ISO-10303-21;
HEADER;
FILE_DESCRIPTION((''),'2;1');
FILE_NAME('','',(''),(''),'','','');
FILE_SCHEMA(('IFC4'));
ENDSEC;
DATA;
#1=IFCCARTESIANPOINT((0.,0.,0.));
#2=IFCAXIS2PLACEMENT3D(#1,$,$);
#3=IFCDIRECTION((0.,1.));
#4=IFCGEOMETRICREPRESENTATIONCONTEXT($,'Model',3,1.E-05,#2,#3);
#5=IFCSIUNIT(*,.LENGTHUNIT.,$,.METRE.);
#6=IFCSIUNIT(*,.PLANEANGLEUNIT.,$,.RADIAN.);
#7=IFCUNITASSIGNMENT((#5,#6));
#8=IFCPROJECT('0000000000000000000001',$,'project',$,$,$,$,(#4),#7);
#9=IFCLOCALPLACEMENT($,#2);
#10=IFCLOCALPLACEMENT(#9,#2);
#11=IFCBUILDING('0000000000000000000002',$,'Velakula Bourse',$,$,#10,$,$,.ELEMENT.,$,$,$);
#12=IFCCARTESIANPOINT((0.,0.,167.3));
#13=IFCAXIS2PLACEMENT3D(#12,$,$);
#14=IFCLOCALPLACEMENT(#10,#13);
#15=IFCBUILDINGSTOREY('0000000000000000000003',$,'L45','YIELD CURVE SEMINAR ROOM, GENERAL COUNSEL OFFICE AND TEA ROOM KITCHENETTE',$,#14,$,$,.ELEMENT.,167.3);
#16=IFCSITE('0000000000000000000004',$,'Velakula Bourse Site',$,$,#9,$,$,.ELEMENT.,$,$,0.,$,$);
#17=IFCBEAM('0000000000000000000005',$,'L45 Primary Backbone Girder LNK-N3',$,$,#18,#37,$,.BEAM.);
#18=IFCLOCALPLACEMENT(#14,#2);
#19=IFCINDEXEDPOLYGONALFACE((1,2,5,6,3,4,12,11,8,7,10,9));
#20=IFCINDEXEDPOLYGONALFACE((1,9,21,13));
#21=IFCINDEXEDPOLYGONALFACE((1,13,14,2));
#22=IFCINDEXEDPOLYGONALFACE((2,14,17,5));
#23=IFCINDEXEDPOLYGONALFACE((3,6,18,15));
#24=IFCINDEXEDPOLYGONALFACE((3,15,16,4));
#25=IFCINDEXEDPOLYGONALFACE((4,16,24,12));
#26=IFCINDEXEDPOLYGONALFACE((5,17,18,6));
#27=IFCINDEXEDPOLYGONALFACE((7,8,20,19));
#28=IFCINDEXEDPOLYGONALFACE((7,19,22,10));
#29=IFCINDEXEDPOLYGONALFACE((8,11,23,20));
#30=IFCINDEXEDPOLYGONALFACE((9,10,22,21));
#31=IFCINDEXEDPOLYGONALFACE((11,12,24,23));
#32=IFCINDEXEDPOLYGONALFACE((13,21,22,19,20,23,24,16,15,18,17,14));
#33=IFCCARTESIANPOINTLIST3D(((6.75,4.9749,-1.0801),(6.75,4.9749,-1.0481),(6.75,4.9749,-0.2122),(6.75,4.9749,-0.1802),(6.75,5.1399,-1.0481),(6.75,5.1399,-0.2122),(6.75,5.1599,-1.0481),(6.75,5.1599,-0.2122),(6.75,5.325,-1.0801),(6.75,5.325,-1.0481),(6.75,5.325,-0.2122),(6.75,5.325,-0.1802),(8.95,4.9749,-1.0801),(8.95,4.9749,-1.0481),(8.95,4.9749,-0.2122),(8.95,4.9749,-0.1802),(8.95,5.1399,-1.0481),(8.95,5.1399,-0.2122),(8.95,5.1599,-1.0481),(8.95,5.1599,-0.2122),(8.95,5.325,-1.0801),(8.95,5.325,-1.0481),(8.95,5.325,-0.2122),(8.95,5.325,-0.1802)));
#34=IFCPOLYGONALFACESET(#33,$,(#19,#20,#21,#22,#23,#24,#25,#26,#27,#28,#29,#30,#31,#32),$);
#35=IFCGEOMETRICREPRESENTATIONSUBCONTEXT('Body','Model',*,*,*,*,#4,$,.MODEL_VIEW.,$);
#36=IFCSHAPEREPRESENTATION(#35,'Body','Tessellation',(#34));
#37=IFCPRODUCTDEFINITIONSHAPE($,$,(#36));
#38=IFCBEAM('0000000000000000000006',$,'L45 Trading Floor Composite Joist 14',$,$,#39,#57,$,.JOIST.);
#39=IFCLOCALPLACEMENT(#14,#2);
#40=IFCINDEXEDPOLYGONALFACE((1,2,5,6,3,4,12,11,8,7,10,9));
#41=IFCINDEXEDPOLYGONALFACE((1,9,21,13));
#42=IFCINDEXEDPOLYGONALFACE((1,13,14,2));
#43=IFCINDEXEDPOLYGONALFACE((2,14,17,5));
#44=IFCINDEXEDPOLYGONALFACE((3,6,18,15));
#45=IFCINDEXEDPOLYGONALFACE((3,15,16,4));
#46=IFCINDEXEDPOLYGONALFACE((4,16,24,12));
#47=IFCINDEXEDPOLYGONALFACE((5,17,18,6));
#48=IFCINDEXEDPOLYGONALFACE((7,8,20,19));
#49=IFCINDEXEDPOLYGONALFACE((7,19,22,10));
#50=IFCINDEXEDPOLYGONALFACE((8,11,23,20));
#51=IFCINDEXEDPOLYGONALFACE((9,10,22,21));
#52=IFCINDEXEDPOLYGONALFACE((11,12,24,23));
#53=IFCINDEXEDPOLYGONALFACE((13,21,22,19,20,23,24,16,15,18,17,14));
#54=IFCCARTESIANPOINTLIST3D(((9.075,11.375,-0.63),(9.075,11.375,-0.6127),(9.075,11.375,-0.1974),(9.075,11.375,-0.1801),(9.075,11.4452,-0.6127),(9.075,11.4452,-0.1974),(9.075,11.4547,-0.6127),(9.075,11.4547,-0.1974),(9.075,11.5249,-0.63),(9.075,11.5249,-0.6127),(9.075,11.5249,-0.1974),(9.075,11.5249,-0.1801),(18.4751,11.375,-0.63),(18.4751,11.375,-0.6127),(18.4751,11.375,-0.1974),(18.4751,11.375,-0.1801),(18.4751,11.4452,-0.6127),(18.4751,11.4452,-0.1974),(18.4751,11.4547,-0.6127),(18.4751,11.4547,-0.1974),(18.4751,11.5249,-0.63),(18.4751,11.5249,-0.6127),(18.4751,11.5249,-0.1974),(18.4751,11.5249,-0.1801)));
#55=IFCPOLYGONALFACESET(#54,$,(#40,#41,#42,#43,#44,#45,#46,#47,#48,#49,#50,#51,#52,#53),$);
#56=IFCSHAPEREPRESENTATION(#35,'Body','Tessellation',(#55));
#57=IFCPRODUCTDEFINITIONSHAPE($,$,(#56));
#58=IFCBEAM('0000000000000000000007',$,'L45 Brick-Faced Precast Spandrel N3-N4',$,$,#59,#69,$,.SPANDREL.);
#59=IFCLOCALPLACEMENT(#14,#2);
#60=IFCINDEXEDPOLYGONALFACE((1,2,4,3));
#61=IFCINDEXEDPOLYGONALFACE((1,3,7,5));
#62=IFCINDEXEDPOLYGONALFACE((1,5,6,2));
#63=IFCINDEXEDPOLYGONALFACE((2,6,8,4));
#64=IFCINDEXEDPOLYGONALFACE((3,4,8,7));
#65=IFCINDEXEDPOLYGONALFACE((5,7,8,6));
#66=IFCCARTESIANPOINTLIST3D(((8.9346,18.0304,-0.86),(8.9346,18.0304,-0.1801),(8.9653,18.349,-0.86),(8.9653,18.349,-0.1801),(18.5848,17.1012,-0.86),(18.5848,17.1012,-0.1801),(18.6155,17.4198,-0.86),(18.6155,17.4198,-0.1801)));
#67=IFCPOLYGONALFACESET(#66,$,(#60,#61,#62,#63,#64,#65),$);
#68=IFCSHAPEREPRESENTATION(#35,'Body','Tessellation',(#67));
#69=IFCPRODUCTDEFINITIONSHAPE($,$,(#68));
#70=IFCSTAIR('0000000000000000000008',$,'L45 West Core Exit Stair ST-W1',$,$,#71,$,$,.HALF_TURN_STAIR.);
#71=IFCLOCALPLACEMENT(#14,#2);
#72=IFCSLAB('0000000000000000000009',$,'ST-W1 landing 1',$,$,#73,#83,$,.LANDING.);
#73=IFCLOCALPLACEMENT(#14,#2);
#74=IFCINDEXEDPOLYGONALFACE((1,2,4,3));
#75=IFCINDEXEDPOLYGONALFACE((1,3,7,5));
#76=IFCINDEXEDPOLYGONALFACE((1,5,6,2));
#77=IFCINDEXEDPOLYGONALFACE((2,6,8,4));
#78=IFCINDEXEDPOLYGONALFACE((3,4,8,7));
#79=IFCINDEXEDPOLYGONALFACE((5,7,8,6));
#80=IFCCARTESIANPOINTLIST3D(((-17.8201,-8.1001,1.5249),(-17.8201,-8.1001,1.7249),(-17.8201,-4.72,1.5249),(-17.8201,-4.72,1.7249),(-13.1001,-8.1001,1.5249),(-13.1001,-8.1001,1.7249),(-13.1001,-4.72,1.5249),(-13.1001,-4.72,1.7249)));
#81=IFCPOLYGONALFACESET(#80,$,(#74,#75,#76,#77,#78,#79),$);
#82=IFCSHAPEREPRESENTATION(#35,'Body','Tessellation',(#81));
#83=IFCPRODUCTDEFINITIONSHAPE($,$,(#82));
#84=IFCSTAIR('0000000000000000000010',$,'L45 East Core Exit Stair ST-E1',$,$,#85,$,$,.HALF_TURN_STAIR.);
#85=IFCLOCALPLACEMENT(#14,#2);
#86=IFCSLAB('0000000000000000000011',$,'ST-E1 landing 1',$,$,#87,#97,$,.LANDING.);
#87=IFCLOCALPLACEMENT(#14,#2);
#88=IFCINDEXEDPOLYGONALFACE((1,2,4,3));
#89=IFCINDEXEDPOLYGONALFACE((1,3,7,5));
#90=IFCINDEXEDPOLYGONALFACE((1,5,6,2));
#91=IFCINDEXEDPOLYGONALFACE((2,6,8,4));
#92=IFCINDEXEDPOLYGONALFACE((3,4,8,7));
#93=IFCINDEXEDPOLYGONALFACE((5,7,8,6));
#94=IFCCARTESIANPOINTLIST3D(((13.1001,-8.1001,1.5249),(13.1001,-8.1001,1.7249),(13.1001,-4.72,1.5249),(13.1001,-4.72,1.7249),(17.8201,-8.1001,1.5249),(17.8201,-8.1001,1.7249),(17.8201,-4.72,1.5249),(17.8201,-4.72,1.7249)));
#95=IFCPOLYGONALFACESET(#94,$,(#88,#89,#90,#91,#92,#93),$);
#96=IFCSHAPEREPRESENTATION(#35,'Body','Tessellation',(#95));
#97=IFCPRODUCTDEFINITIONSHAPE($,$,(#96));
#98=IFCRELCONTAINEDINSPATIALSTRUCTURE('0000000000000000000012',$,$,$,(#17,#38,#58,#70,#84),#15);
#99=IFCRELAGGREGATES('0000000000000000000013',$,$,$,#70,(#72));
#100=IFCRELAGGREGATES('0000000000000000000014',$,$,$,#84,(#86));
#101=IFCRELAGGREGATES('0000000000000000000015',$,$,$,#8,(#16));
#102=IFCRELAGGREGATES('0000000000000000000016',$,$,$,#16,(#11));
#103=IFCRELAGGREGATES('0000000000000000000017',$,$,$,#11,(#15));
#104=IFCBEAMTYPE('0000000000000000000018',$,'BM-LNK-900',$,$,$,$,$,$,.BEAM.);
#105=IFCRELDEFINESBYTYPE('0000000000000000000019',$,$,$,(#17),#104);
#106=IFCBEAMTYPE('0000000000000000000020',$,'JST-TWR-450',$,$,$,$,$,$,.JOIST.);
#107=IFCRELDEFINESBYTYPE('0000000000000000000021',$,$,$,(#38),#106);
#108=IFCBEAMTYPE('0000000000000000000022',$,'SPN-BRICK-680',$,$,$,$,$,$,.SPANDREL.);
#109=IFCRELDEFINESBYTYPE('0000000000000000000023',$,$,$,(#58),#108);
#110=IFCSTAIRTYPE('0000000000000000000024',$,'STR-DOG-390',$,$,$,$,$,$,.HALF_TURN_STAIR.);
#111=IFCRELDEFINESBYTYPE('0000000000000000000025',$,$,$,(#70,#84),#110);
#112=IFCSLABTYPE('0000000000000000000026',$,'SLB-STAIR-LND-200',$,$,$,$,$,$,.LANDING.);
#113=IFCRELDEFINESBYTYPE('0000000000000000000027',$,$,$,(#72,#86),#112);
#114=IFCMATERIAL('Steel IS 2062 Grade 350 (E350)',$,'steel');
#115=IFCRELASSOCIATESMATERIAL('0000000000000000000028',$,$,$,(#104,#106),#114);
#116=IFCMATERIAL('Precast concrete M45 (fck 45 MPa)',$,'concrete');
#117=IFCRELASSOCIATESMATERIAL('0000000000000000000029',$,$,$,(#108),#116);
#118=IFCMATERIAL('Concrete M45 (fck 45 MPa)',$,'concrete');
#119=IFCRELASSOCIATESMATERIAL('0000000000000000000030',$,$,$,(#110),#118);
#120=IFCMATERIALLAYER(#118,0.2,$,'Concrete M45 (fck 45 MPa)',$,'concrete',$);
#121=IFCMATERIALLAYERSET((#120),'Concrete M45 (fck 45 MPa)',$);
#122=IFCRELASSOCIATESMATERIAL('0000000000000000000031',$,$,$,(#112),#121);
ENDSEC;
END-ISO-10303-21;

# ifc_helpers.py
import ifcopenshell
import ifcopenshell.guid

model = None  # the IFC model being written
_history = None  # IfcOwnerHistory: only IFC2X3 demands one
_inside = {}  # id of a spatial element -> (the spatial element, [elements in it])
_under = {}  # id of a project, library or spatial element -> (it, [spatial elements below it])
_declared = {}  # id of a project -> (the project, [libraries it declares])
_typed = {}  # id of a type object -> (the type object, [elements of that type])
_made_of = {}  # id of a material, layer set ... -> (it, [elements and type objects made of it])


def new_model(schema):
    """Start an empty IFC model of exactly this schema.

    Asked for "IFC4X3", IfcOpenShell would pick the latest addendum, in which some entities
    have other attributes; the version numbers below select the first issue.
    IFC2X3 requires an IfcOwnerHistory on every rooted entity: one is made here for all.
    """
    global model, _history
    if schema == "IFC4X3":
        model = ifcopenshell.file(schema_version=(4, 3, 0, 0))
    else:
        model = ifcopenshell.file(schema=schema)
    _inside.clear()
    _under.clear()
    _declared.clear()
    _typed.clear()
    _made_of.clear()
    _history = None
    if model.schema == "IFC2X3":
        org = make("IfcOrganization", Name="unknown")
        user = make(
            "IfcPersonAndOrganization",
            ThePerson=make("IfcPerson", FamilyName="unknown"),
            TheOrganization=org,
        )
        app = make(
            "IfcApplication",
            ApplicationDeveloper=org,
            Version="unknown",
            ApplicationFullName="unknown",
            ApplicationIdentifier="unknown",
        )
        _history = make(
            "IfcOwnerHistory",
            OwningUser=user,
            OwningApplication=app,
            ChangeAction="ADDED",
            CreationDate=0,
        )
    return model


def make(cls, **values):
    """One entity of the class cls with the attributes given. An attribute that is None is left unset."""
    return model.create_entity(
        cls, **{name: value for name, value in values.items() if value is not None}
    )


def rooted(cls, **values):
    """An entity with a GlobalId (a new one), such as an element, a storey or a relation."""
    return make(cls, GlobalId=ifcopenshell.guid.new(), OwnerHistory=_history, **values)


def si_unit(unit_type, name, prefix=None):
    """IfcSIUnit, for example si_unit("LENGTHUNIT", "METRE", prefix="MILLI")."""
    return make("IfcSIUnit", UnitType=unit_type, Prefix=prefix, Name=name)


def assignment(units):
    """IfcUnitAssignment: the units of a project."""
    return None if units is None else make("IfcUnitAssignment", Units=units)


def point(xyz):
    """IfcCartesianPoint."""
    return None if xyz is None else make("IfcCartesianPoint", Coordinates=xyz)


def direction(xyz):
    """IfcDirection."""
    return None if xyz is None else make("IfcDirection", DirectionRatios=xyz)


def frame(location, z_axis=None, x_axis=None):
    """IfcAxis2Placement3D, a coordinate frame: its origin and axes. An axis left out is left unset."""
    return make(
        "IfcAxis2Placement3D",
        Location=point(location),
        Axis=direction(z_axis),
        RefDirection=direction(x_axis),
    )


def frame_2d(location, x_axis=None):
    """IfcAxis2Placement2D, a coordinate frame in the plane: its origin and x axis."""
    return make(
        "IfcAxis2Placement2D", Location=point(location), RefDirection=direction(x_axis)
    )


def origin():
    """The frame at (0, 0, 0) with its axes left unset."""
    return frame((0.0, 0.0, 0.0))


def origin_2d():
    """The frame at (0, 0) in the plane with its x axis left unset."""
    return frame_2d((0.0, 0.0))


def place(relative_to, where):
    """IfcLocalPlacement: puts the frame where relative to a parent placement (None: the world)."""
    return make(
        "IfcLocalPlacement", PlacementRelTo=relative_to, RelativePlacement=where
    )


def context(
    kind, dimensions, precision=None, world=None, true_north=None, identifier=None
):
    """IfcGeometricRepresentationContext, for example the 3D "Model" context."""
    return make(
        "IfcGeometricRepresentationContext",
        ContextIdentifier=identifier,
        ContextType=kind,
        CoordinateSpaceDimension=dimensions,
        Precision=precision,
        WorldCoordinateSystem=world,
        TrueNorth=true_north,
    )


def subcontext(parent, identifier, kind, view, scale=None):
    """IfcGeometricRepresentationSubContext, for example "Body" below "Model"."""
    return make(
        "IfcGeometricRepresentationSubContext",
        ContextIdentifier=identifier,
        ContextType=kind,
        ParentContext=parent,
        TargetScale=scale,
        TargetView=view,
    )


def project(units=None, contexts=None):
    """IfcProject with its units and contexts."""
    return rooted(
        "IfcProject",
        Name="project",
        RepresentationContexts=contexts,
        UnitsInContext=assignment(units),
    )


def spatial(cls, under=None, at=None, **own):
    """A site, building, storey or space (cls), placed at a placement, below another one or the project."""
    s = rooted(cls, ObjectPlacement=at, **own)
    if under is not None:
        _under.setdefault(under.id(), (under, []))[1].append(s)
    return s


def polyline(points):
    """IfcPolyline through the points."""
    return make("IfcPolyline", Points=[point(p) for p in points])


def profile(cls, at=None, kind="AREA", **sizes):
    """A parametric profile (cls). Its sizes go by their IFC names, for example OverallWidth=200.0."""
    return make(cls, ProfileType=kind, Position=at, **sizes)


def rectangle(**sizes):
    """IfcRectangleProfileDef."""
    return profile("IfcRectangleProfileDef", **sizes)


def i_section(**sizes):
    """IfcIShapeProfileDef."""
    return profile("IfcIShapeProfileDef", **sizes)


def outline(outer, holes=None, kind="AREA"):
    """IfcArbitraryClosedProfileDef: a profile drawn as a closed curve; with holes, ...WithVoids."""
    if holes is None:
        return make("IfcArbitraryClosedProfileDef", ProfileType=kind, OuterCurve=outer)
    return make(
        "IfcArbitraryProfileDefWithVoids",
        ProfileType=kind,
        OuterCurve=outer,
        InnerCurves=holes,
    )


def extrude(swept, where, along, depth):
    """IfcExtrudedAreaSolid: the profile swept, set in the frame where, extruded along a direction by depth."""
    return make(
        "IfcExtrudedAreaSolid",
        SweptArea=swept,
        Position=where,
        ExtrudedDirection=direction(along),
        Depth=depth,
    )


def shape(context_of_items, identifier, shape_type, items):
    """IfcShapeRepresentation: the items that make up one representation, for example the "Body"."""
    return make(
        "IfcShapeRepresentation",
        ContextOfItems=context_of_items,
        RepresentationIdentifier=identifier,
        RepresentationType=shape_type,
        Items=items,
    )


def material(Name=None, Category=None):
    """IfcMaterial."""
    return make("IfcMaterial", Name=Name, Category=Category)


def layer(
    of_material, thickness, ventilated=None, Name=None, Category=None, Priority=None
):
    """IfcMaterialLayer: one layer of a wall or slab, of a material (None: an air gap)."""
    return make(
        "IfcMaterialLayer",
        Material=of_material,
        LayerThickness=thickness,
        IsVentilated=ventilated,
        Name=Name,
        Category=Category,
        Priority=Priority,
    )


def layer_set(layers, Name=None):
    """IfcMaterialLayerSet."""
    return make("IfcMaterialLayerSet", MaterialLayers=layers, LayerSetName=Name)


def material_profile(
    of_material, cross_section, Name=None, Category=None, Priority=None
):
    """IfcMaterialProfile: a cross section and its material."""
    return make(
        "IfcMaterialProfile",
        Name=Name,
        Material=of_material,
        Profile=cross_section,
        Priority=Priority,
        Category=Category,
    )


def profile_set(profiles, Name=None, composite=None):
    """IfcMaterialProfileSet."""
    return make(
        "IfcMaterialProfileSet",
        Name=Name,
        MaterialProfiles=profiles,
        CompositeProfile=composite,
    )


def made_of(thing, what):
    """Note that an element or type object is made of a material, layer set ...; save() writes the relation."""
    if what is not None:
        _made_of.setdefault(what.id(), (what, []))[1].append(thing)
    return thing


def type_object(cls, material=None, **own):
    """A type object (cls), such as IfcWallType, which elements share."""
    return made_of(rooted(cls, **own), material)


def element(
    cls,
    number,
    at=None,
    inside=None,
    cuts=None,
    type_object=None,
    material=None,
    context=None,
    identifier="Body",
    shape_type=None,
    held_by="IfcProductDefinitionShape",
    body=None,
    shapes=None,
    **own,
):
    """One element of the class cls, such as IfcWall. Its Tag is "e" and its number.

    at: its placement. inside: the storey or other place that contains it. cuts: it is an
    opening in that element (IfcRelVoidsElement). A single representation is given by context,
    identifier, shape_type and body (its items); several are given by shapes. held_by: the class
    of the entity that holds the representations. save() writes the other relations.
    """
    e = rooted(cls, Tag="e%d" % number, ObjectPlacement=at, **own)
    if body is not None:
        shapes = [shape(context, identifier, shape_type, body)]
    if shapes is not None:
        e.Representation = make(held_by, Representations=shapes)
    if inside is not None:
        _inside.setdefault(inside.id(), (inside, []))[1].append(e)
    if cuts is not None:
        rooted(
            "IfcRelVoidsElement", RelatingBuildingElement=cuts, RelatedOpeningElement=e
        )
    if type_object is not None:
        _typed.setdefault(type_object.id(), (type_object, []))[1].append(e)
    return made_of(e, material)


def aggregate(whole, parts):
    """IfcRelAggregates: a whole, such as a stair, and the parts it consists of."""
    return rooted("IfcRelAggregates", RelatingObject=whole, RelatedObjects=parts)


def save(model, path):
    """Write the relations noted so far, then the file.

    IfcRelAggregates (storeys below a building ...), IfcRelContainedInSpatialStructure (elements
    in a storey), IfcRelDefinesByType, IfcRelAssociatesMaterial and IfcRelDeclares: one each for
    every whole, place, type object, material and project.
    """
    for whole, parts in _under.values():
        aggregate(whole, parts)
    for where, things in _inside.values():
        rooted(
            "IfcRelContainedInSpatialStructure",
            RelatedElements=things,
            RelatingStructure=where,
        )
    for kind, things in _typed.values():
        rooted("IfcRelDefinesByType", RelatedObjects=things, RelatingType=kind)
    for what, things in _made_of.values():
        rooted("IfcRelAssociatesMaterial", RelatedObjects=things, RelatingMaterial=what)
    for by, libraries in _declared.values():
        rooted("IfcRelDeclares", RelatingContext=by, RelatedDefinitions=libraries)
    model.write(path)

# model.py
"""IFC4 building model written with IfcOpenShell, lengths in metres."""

from ifc_helpers import new_model, si_unit, direction, frame, origin, origin_2d, place, context, subcontext, project, spatial, polyline, rectangle, i_section, outline, extrude, material, layer, layer_set, material_profile, profile_set, type_object, element, aggregate, save


model = new_model("IFC4")

# Units and contexts
model_context = context("Model", 3, precision=1e-05, world=origin(), true_north=direction((0.0, 1.0)))
body_context = subcontext(model_context, "Body", "Model", "MODEL_VIEW")
ifc_project = project(units=[si_unit("LENGTHUNIT", "METRE"), si_unit("PLANEANGLEUNIT", "RADIAN")], contexts=[model_context])

# Site, building, storey
site_placement = place(None, origin())
site = spatial("IfcSite", under=ifc_project, at=site_placement, Name="Velakula Bourse Site", CompositionType="ELEMENT", RefElevation=0.0)
building_placement = place(site_placement, origin())
building = spatial("IfcBuilding", under=site, at=building_placement, Name="Velakula Bourse", CompositionType="ELEMENT")
storey_placement = place(building_placement, frame((0.0, 0.0, 167.3)))
storey = spatial("IfcBuildingStorey", under=building, at=storey_placement, Name="L45", Description="YIELD CURVE SEMINAR ROOM, GENERAL COUNSEL OFFICE AND TEA ROOM KITCHENETTE", CompositionType="ELEMENT", Elevation=167.3)

# Shared definitions
ifc_material_1 = material(Name="Steel IS 2062 Grade 350 (E350)", Category="steel")

# Beams
ifc_material_profile_1 = material_profile(ifc_material_1, i_section(OverallWidth=0.3501, OverallDepth=0.8999, WebThickness=0.02, FlangeThickness=0.032, at=origin_2d()), Name="Steel IS 2062 Grade 350 (E350)")
ifc_profile_set_1 = profile_set([ifc_material_profile_1], Name="Steel IS 2062 Grade 350 (E350)")
beam_type_1 = type_object("IfcBeamType", Name="BM-LNK-900", PredefinedType="BEAM", material=ifc_profile_set_1)
beam_1_placement = place(storey_placement, frame((6.75, 5.1499, -0.6301), z_axis=(1.0, 0.0, 0.0), x_axis=(0.0, 1.0, 0.0)))
element("IfcBeam", 1, at=beam_1_placement, inside=storey, type_object=beam_type_1, Name="L45 Primary Backbone Girder LNK-N3", PredefinedType="BEAM", context=body_context, shape_type="SweptSolid", body=[
    extrude(i_section(OverallWidth=0.3501, OverallDepth=0.8999, WebThickness=0.02, FlangeThickness=0.032, at=origin_2d()), origin(), (0.0, 0.0, 1.0), 2.2),
])
ifc_material_profile_2 = material_profile(ifc_material_1, i_section(OverallWidth=0.1499, OverallDepth=0.45, WebThickness=0.0095, FlangeThickness=0.0173, at=origin_2d()), Name="Steel IS 2062 Grade 350 (E350)")
ifc_profile_set_2 = profile_set([ifc_material_profile_2], Name="Steel IS 2062 Grade 350 (E350)")
beam_type_2 = type_object("IfcBeamType", Name="JST-TWR-450", PredefinedType="JOIST", material=ifc_profile_set_2)
beam_2_placement = place(storey_placement, frame((9.075, 11.45, -0.405), z_axis=(1.0, 0.0, 0.0), x_axis=(0.0, 1.0, 0.0)))
element("IfcBeam", 2, at=beam_2_placement, inside=storey, type_object=beam_type_2, Name="L45 Trading Floor Composite Joist 14", PredefinedType="JOIST", context=body_context, shape_type="SweptSolid", body=[
    extrude(i_section(OverallWidth=0.1499, OverallDepth=0.45, WebThickness=0.0095, FlangeThickness=0.0173, at=origin_2d()), origin(), (0.0, 0.0, 1.0), 9.4001),
])
ifc_material_2 = material(Name="Precast concrete M45 (fck 45 MPa)", Category="concrete")
ifc_material_profile_3 = material_profile(ifc_material_2, rectangle(XDim=0.3201, YDim=0.6799, at=origin_2d()), Name="Precast concrete M45 (fck 45 MPa)")
ifc_profile_set_3 = profile_set([ifc_material_profile_3], Name="Precast concrete M45 (fck 45 MPa)")
beam_type_3 = type_object("IfcBeamType", Name="SPN-BRICK-680", PredefinedType="SPANDREL", material=ifc_profile_set_3)
beam_3_placement = place(storey_placement, frame((8.95, 18.1897, -0.52), z_axis=(0.995396, -0.095845, 0.0), x_axis=(0.095845, 0.995396, 0.0)))
element("IfcBeam", 3, at=beam_3_placement, inside=storey, type_object=beam_type_3, Name="L45 Brick-Faced Precast Spandrel N3-N4", PredefinedType="SPANDREL", context=body_context, shape_type="SweptSolid", body=[
    extrude(rectangle(XDim=0.3201, YDim=0.6799, at=origin_2d()), origin(), (0.0, 0.0, 1.0), 9.6948),
])

# Stairs, slabs
ifc_material_3 = material(Name="Concrete M45 (fck 45 MPa)", Category="concrete")
stair_type = type_object("IfcStairType", Name="STR-DOG-390", PredefinedType="HALF_TURN_STAIR", material=ifc_material_3)
stair_1_placement = place(storey_placement, origin())
stair_1 = element("IfcStair", 4, at=stair_1_placement, inside=storey, type_object=stair_type, Name="L45 West Core Exit Stair ST-W1", PredefinedType="HALF_TURN_STAIR")
ifc_layer_1 = layer(ifc_material_3, 0.2, Name="Concrete M45 (fck 45 MPa)", Category="concrete")
ifc_layer_set_1 = layer_set([ifc_layer_1], Name="Concrete M45 (fck 45 MPa)")
slab_type_1 = type_object("IfcSlabType", Name="SLB-STAIR-LND-200", PredefinedType="LANDING", material=ifc_layer_set_1)
slab_1_placement = place(storey_placement, frame((0.0, 0.0, 1.5249)))
slab_1 = element("IfcSlab", 5, at=slab_1_placement, type_object=slab_type_1, Name="ST-W1 landing 1", PredefinedType="LANDING", context=body_context, shape_type="SweptSolid", body=[
    extrude(outline(polyline([(-17.8201, -4.72), (-17.8201, -8.1001), (-13.1001, -8.1001), (-13.1001, -4.72), (-17.8201, -4.72)])), origin(), (0.0, 0.0, 1.0), 0.2),
])
aggregate(stair_1, [slab_1])
stair_2_placement = place(storey_placement, origin())
stair_2 = element("IfcStair", 6, at=stair_2_placement, inside=storey, type_object=stair_type, Name="L45 East Core Exit Stair ST-E1", PredefinedType="HALF_TURN_STAIR")
slab_2_placement = place(storey_placement, frame((0.0, 0.0, 1.5249)))
slab_2 = element("IfcSlab", 7, at=slab_2_placement, type_object=slab_type_1, Name="ST-E1 landing 1", PredefinedType="LANDING", context=body_context, shape_type="SweptSolid", body=[
    extrude(outline(polyline([(13.1001, -4.72), (13.1001, -8.1001), (17.8201, -8.1001), (17.8201, -4.72), (13.1001, -4.72)])), origin(), (0.0, 0.0, 1.0), 0.2),
])
aggregate(stair_2, [slab_2])

save(model, "model.ifc")
